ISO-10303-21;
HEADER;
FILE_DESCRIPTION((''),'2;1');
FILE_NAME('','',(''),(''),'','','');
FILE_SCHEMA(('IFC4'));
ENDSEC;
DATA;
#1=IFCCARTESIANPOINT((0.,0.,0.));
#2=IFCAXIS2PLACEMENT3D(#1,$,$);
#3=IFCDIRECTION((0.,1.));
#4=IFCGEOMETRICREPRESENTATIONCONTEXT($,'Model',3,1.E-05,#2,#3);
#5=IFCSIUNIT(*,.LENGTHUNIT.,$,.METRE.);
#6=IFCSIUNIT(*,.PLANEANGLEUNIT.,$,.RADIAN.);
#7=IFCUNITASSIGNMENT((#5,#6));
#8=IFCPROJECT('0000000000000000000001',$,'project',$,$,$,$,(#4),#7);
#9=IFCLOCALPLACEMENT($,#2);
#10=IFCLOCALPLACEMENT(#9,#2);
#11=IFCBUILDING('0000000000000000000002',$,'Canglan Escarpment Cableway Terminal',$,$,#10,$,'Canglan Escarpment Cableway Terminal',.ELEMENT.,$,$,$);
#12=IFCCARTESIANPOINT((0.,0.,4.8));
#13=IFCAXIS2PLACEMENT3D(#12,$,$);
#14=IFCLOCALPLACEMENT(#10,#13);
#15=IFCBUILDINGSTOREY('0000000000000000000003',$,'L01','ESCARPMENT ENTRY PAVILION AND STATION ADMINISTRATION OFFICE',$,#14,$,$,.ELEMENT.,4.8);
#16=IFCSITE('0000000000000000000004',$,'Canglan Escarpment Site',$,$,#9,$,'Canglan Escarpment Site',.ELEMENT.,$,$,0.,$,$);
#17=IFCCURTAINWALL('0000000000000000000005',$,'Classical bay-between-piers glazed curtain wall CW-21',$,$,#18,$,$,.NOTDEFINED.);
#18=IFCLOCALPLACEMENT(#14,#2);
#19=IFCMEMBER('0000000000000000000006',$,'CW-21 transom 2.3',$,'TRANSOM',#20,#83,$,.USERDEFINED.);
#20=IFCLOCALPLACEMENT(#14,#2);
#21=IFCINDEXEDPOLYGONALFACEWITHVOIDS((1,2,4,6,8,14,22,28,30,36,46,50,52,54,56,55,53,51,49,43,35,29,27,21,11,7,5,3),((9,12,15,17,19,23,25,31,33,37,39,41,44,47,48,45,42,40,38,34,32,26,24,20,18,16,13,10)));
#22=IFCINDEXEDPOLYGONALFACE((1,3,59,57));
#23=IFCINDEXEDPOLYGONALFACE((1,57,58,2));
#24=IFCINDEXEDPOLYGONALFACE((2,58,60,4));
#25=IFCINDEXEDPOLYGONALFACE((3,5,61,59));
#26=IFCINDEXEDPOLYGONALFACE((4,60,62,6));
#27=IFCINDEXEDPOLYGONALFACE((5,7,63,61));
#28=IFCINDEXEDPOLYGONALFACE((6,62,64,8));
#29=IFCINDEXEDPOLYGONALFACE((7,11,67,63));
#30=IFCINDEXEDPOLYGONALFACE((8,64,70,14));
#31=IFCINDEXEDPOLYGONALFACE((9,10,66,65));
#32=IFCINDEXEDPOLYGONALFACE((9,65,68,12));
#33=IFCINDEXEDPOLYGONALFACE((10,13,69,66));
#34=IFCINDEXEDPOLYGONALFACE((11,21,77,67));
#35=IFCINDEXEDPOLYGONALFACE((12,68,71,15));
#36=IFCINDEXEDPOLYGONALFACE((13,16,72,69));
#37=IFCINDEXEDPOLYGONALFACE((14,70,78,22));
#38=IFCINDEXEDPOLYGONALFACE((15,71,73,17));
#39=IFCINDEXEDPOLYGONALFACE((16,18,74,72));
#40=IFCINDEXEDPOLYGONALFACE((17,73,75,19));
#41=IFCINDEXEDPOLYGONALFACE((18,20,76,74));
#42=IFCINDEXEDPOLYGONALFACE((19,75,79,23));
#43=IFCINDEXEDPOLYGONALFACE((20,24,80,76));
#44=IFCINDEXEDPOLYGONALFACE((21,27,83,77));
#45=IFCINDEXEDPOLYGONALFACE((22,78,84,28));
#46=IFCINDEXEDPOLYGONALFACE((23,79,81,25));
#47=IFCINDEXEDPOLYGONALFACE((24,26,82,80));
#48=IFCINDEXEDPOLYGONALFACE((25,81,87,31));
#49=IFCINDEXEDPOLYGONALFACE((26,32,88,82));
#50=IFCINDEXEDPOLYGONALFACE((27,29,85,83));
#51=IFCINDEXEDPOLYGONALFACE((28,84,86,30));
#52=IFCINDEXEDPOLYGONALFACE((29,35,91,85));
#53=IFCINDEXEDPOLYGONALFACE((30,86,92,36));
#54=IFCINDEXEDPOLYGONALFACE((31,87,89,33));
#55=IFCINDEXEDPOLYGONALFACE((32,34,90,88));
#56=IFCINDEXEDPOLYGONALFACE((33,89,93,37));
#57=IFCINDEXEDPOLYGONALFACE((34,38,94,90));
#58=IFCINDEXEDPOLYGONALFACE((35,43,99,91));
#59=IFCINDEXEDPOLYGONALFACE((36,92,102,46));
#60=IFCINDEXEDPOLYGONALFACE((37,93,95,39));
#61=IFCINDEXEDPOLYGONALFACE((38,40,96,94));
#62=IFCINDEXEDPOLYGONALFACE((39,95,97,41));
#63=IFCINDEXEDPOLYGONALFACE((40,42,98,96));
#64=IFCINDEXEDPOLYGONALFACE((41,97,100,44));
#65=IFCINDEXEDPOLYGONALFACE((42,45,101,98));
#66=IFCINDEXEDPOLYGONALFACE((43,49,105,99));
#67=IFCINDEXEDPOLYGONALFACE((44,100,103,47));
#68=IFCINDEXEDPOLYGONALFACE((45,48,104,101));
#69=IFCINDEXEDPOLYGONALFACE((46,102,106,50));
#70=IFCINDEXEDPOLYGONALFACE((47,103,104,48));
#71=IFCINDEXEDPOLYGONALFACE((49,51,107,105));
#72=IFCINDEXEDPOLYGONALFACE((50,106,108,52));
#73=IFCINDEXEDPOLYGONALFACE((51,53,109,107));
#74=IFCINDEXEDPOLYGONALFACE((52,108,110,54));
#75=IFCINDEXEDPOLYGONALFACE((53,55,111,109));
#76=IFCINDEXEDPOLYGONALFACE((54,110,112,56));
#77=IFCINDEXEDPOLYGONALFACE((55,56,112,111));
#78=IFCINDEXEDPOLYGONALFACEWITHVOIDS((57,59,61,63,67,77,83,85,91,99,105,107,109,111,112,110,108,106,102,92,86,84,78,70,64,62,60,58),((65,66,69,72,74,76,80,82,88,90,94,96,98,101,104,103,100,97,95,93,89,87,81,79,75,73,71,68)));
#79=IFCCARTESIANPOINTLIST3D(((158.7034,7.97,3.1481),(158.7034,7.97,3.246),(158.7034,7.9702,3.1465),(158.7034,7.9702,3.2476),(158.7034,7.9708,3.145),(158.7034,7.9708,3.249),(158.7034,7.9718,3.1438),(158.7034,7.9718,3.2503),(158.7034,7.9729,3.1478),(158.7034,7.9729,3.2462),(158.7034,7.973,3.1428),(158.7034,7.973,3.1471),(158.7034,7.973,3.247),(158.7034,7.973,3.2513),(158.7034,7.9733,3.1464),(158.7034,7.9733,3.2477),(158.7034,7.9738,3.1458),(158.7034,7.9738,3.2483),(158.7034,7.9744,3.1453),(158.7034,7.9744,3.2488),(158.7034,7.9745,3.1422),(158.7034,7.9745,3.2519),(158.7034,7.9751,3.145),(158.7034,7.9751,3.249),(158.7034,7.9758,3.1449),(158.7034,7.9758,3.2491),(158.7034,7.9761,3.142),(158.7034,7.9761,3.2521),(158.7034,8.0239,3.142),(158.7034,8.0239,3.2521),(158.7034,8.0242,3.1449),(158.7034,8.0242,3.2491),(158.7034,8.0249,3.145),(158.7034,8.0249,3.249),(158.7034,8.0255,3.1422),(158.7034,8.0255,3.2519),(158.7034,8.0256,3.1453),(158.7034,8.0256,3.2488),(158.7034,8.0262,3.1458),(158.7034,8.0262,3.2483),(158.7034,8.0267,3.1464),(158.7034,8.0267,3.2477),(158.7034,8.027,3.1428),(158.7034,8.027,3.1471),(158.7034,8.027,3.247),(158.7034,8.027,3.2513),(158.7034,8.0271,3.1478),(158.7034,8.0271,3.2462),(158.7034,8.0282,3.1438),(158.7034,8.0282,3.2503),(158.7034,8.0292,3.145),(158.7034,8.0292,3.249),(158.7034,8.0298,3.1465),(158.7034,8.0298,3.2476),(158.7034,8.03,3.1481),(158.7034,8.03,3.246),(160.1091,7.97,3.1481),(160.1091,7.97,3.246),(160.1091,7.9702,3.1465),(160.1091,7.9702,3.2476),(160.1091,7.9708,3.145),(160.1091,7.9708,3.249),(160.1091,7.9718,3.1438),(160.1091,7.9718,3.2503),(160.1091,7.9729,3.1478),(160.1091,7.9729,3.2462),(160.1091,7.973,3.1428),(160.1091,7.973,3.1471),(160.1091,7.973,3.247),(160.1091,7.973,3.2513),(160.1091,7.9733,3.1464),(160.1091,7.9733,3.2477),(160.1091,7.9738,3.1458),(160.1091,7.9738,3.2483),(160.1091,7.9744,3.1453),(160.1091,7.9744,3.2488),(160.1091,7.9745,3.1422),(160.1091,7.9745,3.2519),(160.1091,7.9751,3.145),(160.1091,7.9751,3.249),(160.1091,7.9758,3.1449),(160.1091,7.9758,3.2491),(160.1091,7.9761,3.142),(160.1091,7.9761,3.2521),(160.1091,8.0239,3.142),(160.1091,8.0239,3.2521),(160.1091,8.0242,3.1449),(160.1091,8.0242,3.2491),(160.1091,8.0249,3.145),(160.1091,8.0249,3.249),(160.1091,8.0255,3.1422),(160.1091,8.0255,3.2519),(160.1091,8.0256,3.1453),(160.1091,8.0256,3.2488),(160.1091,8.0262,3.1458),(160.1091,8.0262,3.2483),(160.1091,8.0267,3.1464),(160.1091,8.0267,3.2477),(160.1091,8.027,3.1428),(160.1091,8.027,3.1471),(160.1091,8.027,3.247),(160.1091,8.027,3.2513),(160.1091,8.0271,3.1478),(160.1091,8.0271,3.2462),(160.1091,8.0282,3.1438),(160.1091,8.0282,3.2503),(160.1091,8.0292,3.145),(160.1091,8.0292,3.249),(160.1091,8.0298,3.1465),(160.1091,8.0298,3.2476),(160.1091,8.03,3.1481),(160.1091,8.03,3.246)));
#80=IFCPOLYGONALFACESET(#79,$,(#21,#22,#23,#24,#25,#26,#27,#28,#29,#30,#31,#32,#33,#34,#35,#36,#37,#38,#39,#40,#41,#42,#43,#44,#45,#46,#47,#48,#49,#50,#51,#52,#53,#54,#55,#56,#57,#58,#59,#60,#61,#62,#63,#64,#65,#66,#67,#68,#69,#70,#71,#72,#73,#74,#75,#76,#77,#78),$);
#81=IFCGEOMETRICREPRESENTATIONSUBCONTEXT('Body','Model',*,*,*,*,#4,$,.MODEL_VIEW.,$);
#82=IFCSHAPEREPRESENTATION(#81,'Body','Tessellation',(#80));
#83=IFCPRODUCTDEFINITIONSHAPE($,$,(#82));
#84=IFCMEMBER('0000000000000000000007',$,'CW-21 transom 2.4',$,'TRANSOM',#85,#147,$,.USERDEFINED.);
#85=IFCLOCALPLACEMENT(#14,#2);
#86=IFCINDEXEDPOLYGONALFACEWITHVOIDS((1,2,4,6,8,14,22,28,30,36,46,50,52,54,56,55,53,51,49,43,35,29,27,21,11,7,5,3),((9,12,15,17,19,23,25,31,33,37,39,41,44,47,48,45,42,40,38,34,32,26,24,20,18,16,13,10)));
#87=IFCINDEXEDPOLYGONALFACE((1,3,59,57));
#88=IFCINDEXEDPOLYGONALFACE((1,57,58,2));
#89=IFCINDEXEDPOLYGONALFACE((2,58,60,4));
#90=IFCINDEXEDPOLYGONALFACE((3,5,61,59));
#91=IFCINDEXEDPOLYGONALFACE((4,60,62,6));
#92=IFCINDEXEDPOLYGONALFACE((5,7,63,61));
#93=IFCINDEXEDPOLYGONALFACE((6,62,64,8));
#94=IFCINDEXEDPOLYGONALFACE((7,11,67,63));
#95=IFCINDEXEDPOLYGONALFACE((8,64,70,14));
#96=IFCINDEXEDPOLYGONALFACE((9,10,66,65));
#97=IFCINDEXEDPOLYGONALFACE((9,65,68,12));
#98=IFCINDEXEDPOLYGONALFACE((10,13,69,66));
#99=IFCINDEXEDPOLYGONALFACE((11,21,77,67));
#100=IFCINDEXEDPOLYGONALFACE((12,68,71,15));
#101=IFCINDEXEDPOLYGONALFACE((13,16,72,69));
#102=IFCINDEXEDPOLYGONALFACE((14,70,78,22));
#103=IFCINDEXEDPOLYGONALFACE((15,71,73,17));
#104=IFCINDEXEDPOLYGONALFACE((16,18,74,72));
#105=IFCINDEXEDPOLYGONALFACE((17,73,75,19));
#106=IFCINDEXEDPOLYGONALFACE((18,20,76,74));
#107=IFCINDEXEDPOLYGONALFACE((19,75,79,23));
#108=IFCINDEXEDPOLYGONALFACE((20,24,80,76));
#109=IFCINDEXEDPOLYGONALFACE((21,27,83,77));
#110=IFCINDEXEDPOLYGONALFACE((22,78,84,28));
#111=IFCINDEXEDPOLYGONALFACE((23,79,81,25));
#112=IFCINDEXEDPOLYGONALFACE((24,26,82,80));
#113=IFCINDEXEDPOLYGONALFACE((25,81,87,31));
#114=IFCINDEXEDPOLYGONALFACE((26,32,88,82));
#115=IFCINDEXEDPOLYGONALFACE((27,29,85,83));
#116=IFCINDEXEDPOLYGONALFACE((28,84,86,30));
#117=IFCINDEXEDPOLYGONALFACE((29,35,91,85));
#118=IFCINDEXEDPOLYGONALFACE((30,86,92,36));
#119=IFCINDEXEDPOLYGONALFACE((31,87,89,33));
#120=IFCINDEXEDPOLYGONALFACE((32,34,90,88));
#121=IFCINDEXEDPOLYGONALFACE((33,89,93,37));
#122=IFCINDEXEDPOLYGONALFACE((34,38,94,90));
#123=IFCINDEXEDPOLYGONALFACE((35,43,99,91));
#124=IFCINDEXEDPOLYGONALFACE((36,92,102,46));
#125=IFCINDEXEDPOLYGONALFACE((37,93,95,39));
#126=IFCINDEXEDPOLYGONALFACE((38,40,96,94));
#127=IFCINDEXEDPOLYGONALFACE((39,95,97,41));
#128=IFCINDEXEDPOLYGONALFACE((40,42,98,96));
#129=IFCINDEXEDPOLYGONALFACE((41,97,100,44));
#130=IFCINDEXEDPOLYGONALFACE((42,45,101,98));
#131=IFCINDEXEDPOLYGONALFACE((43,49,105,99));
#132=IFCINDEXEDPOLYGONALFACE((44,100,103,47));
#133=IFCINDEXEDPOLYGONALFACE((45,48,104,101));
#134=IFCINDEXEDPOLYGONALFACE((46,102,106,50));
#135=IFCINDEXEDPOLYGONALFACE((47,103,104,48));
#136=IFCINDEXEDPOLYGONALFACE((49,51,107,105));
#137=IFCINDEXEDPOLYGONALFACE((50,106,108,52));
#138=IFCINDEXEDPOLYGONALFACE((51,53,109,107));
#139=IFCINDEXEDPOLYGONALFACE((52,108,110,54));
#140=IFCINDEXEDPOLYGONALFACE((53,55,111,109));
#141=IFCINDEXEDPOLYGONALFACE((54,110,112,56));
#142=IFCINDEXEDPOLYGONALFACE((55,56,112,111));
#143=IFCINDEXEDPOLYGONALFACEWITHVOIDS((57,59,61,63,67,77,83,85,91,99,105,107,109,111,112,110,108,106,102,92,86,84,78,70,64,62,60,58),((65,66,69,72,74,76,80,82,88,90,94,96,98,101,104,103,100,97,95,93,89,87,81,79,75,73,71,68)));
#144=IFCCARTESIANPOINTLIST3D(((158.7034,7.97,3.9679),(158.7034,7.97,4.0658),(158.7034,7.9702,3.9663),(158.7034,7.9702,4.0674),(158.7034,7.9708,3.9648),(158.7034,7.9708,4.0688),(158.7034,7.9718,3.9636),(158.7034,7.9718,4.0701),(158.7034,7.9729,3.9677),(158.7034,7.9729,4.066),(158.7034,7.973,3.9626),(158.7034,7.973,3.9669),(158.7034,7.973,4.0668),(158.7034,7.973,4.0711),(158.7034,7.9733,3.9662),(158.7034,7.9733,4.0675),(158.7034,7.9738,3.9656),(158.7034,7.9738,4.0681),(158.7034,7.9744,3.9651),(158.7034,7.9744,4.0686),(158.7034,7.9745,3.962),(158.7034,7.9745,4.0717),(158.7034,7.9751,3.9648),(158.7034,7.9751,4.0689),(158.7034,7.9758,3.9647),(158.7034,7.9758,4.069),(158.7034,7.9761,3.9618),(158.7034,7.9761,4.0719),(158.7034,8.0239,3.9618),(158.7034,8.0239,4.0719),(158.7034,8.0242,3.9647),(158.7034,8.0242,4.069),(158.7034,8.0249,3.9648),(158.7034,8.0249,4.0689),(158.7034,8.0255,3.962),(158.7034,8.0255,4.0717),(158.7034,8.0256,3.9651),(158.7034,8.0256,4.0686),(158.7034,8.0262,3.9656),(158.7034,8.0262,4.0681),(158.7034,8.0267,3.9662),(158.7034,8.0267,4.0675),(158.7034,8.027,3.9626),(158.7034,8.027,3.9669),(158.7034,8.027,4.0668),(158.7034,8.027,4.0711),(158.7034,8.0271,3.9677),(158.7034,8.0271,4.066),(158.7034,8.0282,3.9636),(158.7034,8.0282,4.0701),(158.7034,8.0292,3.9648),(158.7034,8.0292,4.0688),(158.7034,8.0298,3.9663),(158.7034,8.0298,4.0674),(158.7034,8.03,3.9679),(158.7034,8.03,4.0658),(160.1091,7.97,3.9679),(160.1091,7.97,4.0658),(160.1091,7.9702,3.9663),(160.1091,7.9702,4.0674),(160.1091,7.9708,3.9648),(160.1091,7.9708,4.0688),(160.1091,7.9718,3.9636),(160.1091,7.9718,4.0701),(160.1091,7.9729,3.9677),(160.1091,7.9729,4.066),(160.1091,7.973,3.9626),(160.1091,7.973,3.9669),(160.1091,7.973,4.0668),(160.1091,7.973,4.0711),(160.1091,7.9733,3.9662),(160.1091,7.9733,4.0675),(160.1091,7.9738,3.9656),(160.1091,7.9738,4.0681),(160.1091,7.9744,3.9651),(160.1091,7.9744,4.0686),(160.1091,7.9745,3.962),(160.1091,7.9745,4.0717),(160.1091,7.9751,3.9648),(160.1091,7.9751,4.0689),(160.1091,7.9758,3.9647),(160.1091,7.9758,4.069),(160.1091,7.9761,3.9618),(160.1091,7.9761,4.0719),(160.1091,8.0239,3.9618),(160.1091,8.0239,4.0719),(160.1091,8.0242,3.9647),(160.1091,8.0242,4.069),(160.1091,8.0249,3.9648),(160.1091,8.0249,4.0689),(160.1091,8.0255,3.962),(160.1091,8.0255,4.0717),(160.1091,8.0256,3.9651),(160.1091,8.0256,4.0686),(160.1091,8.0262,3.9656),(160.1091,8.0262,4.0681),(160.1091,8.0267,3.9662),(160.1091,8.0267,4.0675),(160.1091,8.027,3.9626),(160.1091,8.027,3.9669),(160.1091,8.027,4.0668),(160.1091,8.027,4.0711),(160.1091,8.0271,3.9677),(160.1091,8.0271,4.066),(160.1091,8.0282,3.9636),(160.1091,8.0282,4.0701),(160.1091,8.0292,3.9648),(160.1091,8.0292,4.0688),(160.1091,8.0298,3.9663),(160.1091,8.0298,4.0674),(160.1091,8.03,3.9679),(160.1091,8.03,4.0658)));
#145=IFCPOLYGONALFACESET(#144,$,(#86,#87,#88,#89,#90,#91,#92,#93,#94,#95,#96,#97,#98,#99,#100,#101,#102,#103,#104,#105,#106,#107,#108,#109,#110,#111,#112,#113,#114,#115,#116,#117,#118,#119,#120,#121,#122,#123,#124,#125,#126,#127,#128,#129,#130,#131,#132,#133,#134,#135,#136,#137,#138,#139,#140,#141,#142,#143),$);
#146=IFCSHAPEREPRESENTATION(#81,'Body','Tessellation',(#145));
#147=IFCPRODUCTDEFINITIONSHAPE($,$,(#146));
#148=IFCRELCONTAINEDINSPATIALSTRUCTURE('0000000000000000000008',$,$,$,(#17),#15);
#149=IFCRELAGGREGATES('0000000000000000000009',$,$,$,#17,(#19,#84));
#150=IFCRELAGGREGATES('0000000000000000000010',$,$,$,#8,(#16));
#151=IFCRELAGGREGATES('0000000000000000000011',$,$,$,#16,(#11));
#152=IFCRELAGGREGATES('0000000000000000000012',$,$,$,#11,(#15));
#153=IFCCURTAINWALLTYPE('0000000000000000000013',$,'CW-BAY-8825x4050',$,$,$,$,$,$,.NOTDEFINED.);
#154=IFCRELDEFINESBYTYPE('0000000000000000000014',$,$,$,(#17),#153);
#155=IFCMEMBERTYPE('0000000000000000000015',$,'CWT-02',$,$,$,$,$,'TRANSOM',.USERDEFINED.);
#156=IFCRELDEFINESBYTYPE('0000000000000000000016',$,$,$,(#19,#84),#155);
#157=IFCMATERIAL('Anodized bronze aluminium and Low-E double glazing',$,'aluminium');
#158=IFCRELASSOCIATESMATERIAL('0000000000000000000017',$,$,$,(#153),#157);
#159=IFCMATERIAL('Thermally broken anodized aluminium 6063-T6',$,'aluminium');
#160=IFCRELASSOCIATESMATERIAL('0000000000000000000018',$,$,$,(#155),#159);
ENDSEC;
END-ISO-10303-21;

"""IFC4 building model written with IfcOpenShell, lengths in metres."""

from ifc_helpers import new_model, si_unit, direction, frame, origin, origin_2d, place, context, subcontext, project, spatial, hollow_rectangle, extrude, material, material_profile, profile_set, type_object, element, aggregate, save


model = new_model("IFC4")

# Units and contexts
model_context = context("Model", 3, precision=1e-05, world=origin(), true_north=direction((0.0, 1.0)))
body_context = subcontext(model_context, "Body", "Model", "MODEL_VIEW")
ifc_project = project(units=[si_unit("LENGTHUNIT", "METRE"), si_unit("PLANEANGLEUNIT", "RADIAN")], contexts=[model_context])

# Site, building, storey
site_placement = place(None, origin())
site = spatial("IfcSite", under=ifc_project, at=site_placement, Name="Canglan Escarpment Site", LongName="Canglan Escarpment Site", CompositionType="ELEMENT", RefElevation=0.0)
building_placement = place(site_placement, origin())
building = spatial("IfcBuilding", under=site, at=building_placement, Name="Canglan Escarpment Cableway Terminal", LongName="Canglan Escarpment Cableway Terminal", CompositionType="ELEMENT")
storey_placement = place(building_placement, frame((0.0, 0.0, 4.8)))
storey = spatial("IfcBuildingStorey", under=building, at=storey_placement, Name="L01", Description="ESCARPMENT ENTRY PAVILION AND STATION ADMINISTRATION OFFICE", CompositionType="ELEMENT", Elevation=4.8)

# Curtain wall, members
ifc_material_1 = material(Name="Anodized bronze aluminium and Low-E double glazing", Category="aluminium")
curtain_wall_type = type_object("IfcCurtainWallType", Name="CW-BAY-8825x4050", PredefinedType="NOTDEFINED", material=ifc_material_1)
curtain_wall_placement = place(storey_placement, origin())
curtain_wall = element("IfcCurtainWall", 1, at=curtain_wall_placement, inside=storey, type_object=curtain_wall_type, Name="Classical bay-between-piers glazed curtain wall CW-21", PredefinedType="NOTDEFINED")
ifc_material_2 = material(Name="Thermally broken anodized aluminium 6063-T6", Category="aluminium")
ifc_material_profile_1 = material_profile(ifc_material_2, hollow_rectangle(XDim=0.0601, YDim=0.1101, WallThickness=0.0029, InnerFilletRadius=0.0029, OuterFilletRadius=0.0061, at=origin_2d()), Name="ALU-TRAN 60x110x3")
ifc_profile_set_1 = profile_set([ifc_material_profile_1], Name="Thermally broken anodized aluminium 6063-T6")
member_type = type_object("IfcMemberType", Name="CWT-02", ElementType="TRANSOM", PredefinedType="USERDEFINED", material=ifc_profile_set_1)
member_1_placement = place(storey_placement, frame((158.7034, 8.0, 3.197), z_axis=(1.0, 0.0, 0.0), x_axis=(0.0, 1.0, 0.0)))
member_1 = element("IfcMember", 2, at=member_1_placement, type_object=member_type, Name="CW-21 transom 2.3", ObjectType="TRANSOM", PredefinedType="USERDEFINED", context=body_context, shape_type="SweptSolid", body=[
    extrude(hollow_rectangle(XDim=0.0601, YDim=0.1101, WallThickness=0.0029, InnerFilletRadius=0.0029, OuterFilletRadius=0.0061, at=origin_2d()), origin(), (0.0, 0.0, 1.0), 1.4058),
])
member_2_placement = place(storey_placement, frame((158.7034, 8.0, 4.0168), z_axis=(1.0, 0.0, 0.0), x_axis=(0.0, 1.0, 0.0)))
member_2 = element("IfcMember", 3, at=member_2_placement, type_object=member_type, Name="CW-21 transom 2.4", ObjectType="TRANSOM", PredefinedType="USERDEFINED", context=body_context, shape_type="SweptSolid", body=[
    extrude(hollow_rectangle(XDim=0.0601, YDim=0.1101, WallThickness=0.0029, InnerFilletRadius=0.0029, OuterFilletRadius=0.0061, at=origin_2d()), origin(), (0.0, 0.0, 1.0), 1.4058),
])
aggregate(curtain_wall, [member_1, member_2])

save(model, "model.ifc")
